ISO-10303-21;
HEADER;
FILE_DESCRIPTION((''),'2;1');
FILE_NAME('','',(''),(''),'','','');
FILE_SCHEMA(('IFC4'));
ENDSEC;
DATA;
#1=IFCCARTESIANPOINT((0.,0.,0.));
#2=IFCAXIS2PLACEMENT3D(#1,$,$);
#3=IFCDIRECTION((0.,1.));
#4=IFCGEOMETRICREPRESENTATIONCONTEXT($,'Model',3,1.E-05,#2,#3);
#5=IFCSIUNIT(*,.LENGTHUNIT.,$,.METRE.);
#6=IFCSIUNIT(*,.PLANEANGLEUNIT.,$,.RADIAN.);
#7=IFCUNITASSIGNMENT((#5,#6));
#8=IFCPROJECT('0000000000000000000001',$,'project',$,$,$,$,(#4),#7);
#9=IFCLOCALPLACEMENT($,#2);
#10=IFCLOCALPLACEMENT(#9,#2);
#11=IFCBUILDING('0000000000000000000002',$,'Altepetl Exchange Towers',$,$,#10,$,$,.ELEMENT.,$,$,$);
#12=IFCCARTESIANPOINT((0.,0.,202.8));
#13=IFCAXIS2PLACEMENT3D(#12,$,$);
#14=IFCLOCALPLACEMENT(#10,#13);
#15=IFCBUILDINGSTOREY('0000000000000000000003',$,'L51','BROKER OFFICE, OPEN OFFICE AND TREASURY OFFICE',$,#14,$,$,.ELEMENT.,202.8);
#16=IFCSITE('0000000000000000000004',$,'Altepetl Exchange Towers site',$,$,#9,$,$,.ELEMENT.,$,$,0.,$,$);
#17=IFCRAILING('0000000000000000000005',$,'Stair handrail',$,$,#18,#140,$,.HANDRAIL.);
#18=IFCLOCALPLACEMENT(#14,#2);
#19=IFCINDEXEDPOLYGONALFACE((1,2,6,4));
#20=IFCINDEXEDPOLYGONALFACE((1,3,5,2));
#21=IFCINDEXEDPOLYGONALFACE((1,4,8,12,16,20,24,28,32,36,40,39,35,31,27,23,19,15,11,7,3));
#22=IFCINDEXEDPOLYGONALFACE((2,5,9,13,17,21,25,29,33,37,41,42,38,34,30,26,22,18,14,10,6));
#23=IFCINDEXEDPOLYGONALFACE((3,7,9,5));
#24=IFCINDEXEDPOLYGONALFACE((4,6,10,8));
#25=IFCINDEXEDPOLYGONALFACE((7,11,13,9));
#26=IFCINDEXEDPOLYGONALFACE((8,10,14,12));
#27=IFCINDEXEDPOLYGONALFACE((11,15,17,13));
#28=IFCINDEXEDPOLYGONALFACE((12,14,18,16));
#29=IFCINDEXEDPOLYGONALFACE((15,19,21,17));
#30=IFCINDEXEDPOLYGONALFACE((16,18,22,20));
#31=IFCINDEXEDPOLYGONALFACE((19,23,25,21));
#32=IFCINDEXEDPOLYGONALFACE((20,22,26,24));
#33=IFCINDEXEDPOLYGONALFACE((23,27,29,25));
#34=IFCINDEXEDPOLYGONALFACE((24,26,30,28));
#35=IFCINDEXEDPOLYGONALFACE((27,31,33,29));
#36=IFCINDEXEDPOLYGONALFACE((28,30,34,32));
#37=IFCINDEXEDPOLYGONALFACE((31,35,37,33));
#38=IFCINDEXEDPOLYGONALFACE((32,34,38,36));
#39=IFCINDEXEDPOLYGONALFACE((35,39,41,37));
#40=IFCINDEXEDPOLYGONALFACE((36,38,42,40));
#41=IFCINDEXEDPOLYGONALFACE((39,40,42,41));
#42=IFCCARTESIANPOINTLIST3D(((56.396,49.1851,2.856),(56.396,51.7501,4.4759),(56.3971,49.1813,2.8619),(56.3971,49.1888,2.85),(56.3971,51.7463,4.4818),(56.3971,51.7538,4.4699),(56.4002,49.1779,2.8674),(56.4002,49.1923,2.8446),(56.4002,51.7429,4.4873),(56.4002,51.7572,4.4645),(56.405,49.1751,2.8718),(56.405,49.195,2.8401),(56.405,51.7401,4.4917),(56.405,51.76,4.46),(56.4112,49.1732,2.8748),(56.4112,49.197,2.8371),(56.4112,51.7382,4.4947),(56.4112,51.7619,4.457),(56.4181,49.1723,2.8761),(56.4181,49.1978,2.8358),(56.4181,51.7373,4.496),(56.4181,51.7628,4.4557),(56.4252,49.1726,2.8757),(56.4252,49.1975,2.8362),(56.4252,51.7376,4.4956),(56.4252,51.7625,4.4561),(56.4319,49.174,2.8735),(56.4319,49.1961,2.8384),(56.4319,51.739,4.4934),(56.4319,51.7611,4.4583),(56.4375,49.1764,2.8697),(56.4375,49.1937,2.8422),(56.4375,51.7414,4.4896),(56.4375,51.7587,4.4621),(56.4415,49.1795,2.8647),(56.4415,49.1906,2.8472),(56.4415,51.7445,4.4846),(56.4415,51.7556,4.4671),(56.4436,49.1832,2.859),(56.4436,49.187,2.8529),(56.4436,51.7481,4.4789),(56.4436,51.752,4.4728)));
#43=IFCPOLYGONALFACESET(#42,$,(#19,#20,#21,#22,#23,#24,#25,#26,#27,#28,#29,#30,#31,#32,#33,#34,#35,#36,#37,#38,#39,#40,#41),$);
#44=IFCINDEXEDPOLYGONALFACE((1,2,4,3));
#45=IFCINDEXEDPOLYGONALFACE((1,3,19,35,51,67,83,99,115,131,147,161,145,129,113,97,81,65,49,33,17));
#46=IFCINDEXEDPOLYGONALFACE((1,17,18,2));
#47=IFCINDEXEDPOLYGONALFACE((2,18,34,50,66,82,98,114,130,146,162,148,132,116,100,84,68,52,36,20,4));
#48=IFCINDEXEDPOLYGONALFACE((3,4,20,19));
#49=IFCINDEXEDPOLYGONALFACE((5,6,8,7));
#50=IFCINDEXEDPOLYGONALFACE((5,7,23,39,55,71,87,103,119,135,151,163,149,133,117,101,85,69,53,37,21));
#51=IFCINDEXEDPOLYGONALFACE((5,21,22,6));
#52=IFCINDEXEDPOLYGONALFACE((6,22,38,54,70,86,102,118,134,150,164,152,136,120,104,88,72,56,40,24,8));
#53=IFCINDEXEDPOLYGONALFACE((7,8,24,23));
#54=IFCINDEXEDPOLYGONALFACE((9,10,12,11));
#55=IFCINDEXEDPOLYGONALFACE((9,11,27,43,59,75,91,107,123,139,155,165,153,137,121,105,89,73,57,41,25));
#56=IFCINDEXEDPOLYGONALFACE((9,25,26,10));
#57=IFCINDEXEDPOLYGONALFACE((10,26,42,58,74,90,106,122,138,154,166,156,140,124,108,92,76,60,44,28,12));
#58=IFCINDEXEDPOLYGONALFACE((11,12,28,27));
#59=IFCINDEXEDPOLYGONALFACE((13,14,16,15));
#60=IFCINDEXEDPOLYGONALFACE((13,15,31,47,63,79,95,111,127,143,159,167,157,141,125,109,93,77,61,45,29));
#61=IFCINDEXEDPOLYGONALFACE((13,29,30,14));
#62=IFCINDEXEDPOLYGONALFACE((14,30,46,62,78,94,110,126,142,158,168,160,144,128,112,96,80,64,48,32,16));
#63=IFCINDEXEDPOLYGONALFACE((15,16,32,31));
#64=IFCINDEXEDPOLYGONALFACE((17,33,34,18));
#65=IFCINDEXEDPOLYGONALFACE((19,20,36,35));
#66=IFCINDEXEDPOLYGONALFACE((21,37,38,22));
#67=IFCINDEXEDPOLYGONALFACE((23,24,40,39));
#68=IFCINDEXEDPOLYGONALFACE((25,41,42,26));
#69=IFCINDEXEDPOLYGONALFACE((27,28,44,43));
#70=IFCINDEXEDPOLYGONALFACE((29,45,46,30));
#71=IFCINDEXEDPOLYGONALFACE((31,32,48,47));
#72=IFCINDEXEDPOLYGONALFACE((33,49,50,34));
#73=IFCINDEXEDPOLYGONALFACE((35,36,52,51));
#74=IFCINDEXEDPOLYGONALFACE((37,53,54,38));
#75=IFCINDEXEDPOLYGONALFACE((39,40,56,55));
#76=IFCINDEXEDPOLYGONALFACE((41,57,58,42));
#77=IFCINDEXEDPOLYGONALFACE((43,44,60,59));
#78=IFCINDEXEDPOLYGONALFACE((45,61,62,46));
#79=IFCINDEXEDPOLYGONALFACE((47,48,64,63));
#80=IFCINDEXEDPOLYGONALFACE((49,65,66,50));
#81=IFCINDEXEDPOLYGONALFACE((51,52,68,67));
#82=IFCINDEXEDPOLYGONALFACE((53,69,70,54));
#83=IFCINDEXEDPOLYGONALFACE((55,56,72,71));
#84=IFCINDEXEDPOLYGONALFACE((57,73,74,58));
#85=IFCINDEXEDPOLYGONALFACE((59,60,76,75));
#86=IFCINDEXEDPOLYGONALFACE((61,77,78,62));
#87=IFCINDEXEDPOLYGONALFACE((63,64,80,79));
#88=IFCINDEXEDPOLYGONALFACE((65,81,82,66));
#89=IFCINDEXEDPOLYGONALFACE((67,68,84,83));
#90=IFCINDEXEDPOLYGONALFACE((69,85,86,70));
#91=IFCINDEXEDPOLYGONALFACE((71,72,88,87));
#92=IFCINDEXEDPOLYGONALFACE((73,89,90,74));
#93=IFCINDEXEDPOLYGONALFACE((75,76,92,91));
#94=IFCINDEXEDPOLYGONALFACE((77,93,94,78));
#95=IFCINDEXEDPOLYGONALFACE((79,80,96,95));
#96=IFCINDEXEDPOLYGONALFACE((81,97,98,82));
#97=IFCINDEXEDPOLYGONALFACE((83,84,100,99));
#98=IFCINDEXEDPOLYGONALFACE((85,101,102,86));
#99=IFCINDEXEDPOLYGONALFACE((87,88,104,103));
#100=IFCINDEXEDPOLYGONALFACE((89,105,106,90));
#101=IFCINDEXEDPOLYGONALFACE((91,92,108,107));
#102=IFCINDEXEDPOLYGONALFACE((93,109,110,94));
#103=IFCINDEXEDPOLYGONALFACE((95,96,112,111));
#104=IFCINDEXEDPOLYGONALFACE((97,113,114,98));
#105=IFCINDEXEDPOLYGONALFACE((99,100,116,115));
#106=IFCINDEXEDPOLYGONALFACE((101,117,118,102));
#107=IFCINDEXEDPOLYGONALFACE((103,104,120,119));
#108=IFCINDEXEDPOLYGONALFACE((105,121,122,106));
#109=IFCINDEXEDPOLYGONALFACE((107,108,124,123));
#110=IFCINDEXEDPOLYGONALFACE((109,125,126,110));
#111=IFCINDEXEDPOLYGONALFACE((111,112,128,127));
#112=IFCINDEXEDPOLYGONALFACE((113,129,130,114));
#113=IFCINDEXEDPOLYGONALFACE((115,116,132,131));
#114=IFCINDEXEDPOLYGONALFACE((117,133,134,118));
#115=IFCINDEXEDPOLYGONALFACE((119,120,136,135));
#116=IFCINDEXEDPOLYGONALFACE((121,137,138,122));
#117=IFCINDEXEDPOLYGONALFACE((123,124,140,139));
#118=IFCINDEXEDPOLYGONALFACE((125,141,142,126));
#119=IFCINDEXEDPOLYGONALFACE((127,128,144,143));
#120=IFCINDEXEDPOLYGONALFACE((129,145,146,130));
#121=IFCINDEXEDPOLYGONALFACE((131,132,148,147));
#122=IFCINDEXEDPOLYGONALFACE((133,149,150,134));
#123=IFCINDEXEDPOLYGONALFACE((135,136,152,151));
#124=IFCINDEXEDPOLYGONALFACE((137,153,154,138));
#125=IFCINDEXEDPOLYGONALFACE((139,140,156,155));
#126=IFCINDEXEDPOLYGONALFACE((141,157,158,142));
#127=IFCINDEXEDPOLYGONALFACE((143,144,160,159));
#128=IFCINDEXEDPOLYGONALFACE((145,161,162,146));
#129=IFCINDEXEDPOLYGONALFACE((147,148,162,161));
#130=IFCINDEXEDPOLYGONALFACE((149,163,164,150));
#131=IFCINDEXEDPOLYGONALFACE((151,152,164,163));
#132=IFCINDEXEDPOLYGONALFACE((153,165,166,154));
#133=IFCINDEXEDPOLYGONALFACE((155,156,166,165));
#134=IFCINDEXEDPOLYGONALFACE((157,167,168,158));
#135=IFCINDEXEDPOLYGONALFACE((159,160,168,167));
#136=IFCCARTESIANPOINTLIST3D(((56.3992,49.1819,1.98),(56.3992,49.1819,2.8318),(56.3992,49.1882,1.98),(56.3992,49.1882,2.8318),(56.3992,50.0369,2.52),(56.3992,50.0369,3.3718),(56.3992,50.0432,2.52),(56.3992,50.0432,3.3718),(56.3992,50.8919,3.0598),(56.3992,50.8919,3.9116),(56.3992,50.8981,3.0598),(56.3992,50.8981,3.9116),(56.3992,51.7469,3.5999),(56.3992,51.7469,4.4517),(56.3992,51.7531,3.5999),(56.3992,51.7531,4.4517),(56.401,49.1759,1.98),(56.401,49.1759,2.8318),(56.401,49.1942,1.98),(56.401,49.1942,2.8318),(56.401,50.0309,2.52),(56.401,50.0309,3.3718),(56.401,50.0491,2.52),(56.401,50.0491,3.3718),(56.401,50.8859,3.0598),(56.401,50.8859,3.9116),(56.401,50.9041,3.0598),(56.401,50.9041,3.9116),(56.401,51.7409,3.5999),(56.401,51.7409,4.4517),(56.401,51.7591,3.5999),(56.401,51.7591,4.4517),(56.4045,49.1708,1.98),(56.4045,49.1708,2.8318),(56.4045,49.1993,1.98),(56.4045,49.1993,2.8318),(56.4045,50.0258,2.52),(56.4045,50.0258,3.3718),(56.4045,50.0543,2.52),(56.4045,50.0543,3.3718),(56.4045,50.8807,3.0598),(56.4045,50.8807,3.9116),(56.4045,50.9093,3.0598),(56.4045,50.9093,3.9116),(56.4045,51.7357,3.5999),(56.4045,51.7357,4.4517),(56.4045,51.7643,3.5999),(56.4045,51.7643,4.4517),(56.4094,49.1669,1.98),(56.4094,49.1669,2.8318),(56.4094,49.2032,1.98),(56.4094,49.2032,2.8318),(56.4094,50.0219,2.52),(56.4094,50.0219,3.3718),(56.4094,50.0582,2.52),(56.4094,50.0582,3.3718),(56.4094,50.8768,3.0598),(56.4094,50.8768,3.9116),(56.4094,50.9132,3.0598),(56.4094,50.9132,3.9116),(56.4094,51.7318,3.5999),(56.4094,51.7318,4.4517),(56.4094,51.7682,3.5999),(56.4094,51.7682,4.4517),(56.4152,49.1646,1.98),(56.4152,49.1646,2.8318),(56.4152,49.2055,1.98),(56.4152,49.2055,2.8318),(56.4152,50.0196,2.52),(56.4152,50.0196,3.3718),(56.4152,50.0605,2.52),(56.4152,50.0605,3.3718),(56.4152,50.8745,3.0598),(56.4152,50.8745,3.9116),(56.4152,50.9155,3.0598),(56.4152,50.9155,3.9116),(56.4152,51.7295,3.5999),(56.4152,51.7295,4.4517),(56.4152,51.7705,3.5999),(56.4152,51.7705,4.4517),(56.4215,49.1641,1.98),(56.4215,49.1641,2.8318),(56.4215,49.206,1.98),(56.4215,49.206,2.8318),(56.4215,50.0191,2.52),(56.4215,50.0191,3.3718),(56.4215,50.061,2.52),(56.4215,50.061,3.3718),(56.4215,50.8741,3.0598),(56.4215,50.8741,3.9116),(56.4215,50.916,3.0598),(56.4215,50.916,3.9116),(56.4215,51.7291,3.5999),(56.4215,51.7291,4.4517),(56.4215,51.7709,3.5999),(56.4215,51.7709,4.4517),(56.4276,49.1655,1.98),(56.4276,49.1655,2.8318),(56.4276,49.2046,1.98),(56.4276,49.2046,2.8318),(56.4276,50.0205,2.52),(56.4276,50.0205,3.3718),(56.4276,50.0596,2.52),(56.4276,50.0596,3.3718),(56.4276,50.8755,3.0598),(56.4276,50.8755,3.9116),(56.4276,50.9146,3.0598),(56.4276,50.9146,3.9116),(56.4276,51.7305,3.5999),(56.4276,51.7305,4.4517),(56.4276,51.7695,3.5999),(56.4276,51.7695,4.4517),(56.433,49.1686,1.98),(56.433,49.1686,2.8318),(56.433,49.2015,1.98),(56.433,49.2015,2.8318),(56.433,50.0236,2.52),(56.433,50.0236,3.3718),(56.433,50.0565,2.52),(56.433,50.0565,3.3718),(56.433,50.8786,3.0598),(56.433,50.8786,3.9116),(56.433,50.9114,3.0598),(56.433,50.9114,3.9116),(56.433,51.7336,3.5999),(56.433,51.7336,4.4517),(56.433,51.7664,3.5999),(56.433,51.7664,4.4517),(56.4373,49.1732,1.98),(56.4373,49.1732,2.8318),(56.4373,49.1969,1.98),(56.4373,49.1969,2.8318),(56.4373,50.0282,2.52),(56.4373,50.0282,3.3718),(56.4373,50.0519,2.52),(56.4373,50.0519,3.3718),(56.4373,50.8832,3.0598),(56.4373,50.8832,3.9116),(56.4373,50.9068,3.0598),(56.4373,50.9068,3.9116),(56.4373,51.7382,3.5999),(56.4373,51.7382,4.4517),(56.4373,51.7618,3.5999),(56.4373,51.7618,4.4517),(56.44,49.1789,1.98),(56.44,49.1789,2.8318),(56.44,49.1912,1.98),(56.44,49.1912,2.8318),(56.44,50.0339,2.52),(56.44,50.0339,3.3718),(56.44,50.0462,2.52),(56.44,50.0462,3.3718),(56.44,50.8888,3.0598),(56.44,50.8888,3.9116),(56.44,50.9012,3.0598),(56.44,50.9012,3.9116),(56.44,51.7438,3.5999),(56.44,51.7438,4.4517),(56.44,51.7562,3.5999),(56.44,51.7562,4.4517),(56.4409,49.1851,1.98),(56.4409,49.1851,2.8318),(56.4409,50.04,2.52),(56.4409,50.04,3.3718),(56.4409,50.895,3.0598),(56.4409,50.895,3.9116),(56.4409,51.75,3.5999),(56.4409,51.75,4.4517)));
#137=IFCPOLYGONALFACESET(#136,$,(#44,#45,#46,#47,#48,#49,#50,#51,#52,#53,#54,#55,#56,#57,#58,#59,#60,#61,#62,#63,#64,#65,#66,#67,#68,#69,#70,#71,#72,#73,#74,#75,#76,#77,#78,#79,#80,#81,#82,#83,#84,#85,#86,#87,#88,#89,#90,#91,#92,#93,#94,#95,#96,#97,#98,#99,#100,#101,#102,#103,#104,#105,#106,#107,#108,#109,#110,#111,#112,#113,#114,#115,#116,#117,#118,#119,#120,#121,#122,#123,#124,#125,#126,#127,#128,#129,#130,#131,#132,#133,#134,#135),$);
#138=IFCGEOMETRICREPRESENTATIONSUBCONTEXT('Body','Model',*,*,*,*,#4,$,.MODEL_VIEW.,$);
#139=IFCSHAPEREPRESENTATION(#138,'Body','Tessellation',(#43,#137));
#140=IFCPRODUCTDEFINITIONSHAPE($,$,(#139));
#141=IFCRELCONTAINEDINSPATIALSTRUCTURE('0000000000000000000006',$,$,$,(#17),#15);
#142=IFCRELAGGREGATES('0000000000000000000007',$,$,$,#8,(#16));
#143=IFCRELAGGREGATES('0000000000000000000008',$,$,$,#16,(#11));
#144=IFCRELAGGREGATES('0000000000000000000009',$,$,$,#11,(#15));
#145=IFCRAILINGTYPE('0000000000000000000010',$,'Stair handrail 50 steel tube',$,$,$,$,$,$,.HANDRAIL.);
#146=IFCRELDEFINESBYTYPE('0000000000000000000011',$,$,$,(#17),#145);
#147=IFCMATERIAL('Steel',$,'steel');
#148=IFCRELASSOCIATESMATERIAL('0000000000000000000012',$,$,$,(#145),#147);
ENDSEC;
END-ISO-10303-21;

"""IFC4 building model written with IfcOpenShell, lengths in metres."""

from ifc_helpers import new_model, si_unit, direction, frame, origin, origin_2d, place, context, subcontext, project, spatial, circle, extrude, source, transform, mapped, material, type_object, element, save


model = new_model("IFC4")

# Units and contexts
model_context = context("Model", 3, precision=1e-05, world=origin(), true_north=direction((0.0, 1.0)))
body_context = subcontext(model_context, "Body", "Model", "MODEL_VIEW")
ifc_project = project(units=[si_unit("LENGTHUNIT", "METRE"), si_unit("PLANEANGLEUNIT", "RADIAN")], contexts=[model_context])

# Site, building, storey
site_placement = place(None, origin())
site = spatial("IfcSite", under=ifc_project, at=site_placement, Name="Altepetl Exchange Towers site", CompositionType="ELEMENT", RefElevation=0.0)
building_placement = place(site_placement, origin())
building = spatial("IfcBuilding", under=site, at=building_placement, Name="Altepetl Exchange Towers", CompositionType="ELEMENT")
storey_placement = place(building_placement, frame((0.0, 0.0, 202.8)))
storey = spatial("IfcBuildingStorey", under=building, at=storey_placement, Name="L51", Description="BROKER OFFICE, OPEN OFFICE AND TREASURY OFFICE", CompositionType="ELEMENT", Elevation=202.8)

# Railing
ifc_material_1 = material(Name="Steel", Category="steel")
railing_type = type_object("IfcRailingType", Name="Stair handrail 50 steel tube", PredefinedType="HANDRAIL", material=ifc_material_1)
shared_shape = source(origin(), body_context, "Body", "SweptSolid", [
    extrude(circle(Radius=0.021, at=origin_2d()), origin(), (0.0, 0.0, 1.0), 0.8518),
])
railing_placement = place(storey_placement, frame((56.4199, 49.1851, 1.98)))
element("IfcRailing", 1, at=railing_placement, inside=storey, type_object=railing_type, Name="Stair handrail", PredefinedType="HANDRAIL", context=body_context, shape_type="SweptSolid", body=[
    extrude(circle(Radius=0.0239, at=origin_2d()), frame((0.0, 0.0, 0.876), z_axis=(0.0, 0.845502, 0.533972), x_axis=(-1.0, 0.0, 0.0)), (0.0, 0.0, 1.0), 3.0337),
    mapped(shared_shape, transform((0.0, 0.0, 0.0))),
    mapped(shared_shape, transform((0.0, 0.855, 0.54))),
    mapped(shared_shape, transform((0.0, 1.71, 1.0798))),
    mapped(shared_shape, transform((0.0, 2.5649, 1.6199))),
])

save(model, "model.ifc")
